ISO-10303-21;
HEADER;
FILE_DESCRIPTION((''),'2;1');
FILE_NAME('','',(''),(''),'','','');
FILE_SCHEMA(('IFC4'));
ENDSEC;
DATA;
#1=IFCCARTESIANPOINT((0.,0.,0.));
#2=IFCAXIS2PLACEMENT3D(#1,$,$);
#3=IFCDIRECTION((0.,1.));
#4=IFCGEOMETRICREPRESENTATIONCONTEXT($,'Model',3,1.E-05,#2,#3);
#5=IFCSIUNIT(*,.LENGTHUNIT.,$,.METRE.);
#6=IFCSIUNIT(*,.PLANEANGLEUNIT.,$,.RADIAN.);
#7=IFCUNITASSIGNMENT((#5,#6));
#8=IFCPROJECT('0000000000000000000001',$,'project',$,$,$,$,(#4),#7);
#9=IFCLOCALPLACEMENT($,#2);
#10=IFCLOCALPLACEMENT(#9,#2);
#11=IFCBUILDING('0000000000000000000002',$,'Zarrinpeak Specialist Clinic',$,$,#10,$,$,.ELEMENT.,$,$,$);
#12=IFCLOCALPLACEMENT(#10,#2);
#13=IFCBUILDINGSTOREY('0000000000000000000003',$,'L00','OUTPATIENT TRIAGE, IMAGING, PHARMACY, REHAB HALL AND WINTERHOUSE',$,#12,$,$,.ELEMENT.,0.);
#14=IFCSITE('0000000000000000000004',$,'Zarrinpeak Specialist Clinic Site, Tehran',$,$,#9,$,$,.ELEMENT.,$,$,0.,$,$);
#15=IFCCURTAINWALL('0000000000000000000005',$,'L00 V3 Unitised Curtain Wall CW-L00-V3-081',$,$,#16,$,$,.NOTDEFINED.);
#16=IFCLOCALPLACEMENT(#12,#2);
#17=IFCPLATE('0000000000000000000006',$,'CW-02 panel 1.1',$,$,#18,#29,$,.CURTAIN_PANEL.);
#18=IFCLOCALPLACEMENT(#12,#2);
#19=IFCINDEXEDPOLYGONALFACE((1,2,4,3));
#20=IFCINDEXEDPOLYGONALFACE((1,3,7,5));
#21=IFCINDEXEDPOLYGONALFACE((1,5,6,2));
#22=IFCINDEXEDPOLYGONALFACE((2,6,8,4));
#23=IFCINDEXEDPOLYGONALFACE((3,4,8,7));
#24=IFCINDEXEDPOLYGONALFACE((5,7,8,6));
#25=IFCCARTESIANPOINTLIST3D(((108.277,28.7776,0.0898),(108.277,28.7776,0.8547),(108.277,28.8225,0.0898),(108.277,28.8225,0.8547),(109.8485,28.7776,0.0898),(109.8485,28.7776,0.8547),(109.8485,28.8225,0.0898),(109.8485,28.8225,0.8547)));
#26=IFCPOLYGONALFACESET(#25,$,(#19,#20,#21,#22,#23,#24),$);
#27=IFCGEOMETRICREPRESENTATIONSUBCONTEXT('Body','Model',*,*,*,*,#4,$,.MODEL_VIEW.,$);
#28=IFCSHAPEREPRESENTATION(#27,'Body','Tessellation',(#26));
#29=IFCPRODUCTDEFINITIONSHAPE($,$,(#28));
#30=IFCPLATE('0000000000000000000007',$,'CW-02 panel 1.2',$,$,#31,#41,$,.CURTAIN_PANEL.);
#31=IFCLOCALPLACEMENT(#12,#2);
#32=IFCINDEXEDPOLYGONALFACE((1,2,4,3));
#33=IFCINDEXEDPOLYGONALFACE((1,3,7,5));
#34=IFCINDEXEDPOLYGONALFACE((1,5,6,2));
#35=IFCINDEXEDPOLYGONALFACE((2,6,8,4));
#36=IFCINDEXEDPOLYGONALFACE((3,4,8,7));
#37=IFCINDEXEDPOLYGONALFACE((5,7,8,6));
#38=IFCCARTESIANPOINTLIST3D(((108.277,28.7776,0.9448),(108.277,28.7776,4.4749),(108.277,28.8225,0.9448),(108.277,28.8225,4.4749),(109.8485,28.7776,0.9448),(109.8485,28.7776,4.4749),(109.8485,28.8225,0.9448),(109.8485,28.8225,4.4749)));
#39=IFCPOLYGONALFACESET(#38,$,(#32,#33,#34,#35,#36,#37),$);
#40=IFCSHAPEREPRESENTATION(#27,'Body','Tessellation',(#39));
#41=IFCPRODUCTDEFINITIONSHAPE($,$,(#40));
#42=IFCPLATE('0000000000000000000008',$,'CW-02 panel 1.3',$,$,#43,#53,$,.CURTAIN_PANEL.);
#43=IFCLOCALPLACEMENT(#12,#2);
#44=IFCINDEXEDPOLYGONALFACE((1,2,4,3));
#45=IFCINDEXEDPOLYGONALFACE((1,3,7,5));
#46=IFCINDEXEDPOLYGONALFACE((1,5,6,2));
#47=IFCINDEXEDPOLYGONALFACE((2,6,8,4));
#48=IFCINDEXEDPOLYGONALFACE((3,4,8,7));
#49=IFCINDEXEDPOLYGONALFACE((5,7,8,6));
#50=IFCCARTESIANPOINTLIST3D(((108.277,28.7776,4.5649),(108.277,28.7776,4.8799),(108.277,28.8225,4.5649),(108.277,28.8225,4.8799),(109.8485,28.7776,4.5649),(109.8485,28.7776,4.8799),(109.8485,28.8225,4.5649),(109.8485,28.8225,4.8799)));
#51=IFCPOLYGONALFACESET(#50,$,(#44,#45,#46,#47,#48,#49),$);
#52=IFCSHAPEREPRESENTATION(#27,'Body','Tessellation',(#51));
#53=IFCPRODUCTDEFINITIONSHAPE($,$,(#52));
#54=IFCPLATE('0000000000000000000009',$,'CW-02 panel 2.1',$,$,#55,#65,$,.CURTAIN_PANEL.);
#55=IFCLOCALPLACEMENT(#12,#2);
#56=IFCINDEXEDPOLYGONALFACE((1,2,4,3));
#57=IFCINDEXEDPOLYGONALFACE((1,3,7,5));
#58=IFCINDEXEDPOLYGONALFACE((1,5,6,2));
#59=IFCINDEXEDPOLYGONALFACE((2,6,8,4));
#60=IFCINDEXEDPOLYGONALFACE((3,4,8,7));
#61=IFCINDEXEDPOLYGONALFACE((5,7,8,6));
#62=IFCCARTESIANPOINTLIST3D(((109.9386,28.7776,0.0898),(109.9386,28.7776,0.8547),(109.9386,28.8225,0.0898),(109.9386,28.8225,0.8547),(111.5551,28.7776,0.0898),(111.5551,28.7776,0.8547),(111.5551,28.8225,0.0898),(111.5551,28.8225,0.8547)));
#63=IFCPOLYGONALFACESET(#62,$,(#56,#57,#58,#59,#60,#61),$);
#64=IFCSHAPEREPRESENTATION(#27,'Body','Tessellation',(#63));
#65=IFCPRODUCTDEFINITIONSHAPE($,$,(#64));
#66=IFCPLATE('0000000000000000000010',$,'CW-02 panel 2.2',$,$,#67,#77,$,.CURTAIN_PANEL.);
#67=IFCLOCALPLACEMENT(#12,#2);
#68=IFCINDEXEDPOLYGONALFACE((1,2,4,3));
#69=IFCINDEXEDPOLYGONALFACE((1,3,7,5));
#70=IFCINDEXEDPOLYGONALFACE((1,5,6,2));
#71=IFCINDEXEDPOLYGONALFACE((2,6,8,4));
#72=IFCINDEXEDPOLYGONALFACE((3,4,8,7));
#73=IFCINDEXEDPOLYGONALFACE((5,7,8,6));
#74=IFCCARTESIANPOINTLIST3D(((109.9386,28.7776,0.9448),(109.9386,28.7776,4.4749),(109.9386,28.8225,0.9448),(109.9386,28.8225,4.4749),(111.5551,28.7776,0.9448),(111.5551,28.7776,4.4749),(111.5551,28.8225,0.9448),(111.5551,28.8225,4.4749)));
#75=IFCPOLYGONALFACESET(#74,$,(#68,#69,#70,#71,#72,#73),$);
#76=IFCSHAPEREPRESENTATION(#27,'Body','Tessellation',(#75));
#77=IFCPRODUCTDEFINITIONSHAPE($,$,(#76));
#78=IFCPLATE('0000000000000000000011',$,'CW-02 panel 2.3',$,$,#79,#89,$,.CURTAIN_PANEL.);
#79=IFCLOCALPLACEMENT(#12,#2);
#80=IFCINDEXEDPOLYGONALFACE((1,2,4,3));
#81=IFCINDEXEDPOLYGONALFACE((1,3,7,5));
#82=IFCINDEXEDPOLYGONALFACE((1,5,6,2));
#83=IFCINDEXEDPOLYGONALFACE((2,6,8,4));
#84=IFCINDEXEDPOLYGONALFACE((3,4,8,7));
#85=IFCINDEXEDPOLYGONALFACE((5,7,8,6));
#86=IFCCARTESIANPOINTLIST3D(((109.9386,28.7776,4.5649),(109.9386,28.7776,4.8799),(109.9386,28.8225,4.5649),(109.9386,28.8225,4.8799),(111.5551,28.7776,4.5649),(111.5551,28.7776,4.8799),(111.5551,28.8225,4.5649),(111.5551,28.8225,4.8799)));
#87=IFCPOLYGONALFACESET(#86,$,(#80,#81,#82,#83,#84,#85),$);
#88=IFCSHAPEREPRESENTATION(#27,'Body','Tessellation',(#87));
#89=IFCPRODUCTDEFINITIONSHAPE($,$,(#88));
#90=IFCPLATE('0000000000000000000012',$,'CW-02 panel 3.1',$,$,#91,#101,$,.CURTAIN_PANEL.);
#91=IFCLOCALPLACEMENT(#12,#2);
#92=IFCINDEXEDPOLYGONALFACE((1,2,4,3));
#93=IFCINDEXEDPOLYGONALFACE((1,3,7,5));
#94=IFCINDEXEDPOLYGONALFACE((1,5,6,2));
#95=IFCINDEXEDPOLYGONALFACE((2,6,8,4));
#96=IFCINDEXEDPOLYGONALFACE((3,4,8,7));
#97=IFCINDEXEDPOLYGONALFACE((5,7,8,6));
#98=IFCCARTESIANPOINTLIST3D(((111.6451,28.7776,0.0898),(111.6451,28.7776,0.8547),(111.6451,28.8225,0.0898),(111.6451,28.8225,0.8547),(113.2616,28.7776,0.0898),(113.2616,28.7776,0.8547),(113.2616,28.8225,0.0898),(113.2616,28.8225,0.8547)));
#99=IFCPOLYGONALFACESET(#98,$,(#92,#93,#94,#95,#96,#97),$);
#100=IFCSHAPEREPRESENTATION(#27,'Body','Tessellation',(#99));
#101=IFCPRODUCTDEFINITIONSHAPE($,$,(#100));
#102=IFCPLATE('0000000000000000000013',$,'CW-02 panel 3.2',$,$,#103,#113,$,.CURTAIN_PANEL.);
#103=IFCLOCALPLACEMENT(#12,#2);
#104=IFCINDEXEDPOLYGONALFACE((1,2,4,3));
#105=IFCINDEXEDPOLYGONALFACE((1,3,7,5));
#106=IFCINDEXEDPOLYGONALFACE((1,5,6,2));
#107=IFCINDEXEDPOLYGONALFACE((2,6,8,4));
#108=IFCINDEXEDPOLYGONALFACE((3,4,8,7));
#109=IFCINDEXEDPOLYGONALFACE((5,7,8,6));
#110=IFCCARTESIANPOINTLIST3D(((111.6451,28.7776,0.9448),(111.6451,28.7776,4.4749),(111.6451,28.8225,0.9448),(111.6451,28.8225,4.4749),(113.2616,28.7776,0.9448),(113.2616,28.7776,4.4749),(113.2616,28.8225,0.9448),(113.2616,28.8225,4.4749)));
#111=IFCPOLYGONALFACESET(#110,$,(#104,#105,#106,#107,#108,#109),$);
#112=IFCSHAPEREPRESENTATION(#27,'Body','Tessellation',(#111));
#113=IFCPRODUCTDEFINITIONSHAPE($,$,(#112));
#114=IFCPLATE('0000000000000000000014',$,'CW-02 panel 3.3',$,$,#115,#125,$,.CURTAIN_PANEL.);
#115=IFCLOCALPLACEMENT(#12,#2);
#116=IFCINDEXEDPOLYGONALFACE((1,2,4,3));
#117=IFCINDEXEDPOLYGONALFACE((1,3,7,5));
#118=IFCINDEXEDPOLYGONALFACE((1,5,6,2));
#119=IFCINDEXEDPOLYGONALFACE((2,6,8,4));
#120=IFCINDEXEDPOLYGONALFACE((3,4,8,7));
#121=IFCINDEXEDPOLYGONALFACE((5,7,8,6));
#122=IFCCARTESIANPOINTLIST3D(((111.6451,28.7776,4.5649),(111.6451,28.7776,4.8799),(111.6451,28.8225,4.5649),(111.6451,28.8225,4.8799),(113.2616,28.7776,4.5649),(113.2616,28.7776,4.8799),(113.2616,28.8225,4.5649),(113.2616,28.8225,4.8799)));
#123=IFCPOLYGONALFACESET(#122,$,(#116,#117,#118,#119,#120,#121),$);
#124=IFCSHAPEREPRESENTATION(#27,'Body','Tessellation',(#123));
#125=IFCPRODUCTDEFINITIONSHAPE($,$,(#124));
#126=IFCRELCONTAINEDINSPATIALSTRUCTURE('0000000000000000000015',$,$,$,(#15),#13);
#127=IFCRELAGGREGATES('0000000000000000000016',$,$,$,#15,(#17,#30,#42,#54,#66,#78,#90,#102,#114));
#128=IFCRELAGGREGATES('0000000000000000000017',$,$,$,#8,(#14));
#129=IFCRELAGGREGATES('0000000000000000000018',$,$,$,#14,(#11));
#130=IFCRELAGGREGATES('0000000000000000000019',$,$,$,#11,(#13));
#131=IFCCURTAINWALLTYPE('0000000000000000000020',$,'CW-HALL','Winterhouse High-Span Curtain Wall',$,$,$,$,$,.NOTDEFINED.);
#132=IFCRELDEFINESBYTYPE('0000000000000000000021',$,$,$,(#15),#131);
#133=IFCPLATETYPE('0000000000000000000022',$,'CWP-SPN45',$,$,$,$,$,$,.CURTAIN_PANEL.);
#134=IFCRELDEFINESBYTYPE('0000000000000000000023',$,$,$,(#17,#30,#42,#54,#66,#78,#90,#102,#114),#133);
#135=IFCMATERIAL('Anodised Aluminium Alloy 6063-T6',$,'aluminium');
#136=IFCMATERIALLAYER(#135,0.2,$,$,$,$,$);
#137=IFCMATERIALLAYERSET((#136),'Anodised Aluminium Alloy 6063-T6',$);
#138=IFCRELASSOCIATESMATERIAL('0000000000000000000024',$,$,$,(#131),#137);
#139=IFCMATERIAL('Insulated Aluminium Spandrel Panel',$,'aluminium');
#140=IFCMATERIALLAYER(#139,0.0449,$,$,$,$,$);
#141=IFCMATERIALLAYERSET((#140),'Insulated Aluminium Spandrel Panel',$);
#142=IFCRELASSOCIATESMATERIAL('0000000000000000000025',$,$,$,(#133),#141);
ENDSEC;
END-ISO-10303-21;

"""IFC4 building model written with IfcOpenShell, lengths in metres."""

from ifc_helpers import new_model, si_unit, direction, frame, origin, origin_2d, place, context, subcontext, project, spatial, rectangle, extrude, material, layer, layer_set, type_object, element, aggregate, save


model = new_model("IFC4")

# Units and contexts
model_context = context("Model", 3, precision=1e-05, world=origin(), true_north=direction((0.0, 1.0)))
body_context = subcontext(model_context, "Body", "Model", "MODEL_VIEW")
ifc_project = project(units=[si_unit("LENGTHUNIT", "METRE"), si_unit("PLANEANGLEUNIT", "RADIAN")], contexts=[model_context])

# Site, building, storey
site_placement = place(None, origin())
site = spatial("IfcSite", under=ifc_project, at=site_placement, Name="Zarrinpeak Specialist Clinic Site, Tehran", CompositionType="ELEMENT", RefElevation=0.0)
building_placement = place(site_placement, origin())
building = spatial("IfcBuilding", under=site, at=building_placement, Name="Zarrinpeak Specialist Clinic", CompositionType="ELEMENT")
storey_placement = place(building_placement, origin())
storey = spatial("IfcBuildingStorey", under=building, at=storey_placement, Name="L00", Description="OUTPATIENT TRIAGE, IMAGING, PHARMACY, REHAB HALL AND WINTERHOUSE", CompositionType="ELEMENT", Elevation=0.0)

# Curtain wall, plates
ifc_material_1 = material(Name="Anodised Aluminium Alloy 6063-T6", Category="aluminium")
ifc_layer_1 = layer(ifc_material_1, 0.2)
ifc_layer_set_1 = layer_set([ifc_layer_1], Name="Anodised Aluminium Alloy 6063-T6")
curtain_wall_type = type_object("IfcCurtainWallType", Name="CW-HALL", Description="Winterhouse High-Span Curtain Wall", PredefinedType="NOTDEFINED", material=ifc_layer_set_1)
curtain_wall_placement = place(storey_placement, origin())
curtain_wall = element("IfcCurtainWall", 1, at=curtain_wall_placement, inside=storey, type_object=curtain_wall_type, Name="L00 V3 Unitised Curtain Wall CW-L00-V3-081", PredefinedType="NOTDEFINED")
ifc_material_2 = material(Name="Insulated Aluminium Spandrel Panel", Category="aluminium")
ifc_layer_2 = layer(ifc_material_2, 0.0449)
ifc_layer_set_2 = layer_set([ifc_layer_2], Name="Insulated Aluminium Spandrel Panel")
plate_type = type_object("IfcPlateType", Name="CWP-SPN45", PredefinedType="CURTAIN_PANEL", material=ifc_layer_set_2)
plate_1_placement = place(storey_placement, frame((109.0627, 28.8, 0.0898), z_axis=(0.0, 0.0, 1.0), x_axis=(1.0, 0.0, 0.0)))
plate_1 = element("IfcPlate", 2, at=plate_1_placement, type_object=plate_type, Name="CW-02 panel 1.1", PredefinedType="CURTAIN_PANEL", context=body_context, shape_type="SweptSolid", body=[
    extrude(rectangle(XDim=1.5715, YDim=0.0449, at=origin_2d()), origin(), (0.0, 0.0, 1.0), 0.7649),
])
plate_2_placement = place(storey_placement, frame((109.0627, 28.8, 0.9448), z_axis=(0.0, 0.0, 1.0), x_axis=(1.0, 0.0, 0.0)))
plate_2 = element("IfcPlate", 3, at=plate_2_placement, type_object=plate_type, Name="CW-02 panel 1.2", PredefinedType="CURTAIN_PANEL", context=body_context, shape_type="SweptSolid", body=[
    extrude(rectangle(XDim=1.5715, YDim=0.0449, at=origin_2d()), origin(), (0.0, 0.0, 1.0), 3.53),
])
plate_3_placement = place(storey_placement, frame((109.0627, 28.8, 4.5649), z_axis=(0.0, 0.0, 1.0), x_axis=(1.0, 0.0, 0.0)))
plate_3 = element("IfcPlate", 4, at=plate_3_placement, type_object=plate_type, Name="CW-02 panel 1.3", PredefinedType="CURTAIN_PANEL", context=body_context, shape_type="SweptSolid", body=[
    extrude(rectangle(XDim=1.5715, YDim=0.0449, at=origin_2d()), origin(), (0.0, 0.0, 1.0), 0.3149),
])
plate_4_placement = place(storey_placement, frame((110.7468, 28.8, 0.0898), z_axis=(0.0, 0.0, 1.0), x_axis=(1.0, 0.0, 0.0)))
plate_4 = element("IfcPlate", 5, at=plate_4_placement, type_object=plate_type, Name="CW-02 panel 2.1", PredefinedType="CURTAIN_PANEL", context=body_context, shape_type="SweptSolid", body=[
    extrude(rectangle(XDim=1.6165, YDim=0.0449, at=origin_2d()), origin(), (0.0, 0.0, 1.0), 0.7649),
])
plate_5_placement = place(storey_placement, frame((110.7468, 28.8, 0.9448), z_axis=(0.0, 0.0, 1.0), x_axis=(1.0, 0.0, 0.0)))
plate_5 = element("IfcPlate", 6, at=plate_5_placement, type_object=plate_type, Name="CW-02 panel 2.2", PredefinedType="CURTAIN_PANEL", context=body_context, shape_type="SweptSolid", body=[
    extrude(rectangle(XDim=1.6165, YDim=0.0449, at=origin_2d()), origin(), (0.0, 0.0, 1.0), 3.53),
])
plate_6_placement = place(storey_placement, frame((110.7468, 28.8, 4.5649), z_axis=(0.0, 0.0, 1.0), x_axis=(1.0, 0.0, 0.0)))
plate_6 = element("IfcPlate", 7, at=plate_6_placement, type_object=plate_type, Name="CW-02 panel 2.3", PredefinedType="CURTAIN_PANEL", context=body_context, shape_type="SweptSolid", body=[
    extrude(rectangle(XDim=1.6165, YDim=0.0449, at=origin_2d()), origin(), (0.0, 0.0, 1.0), 0.3149),
])
plate_7_placement = place(storey_placement, frame((112.4534, 28.8, 0.0898), z_axis=(0.0, 0.0, 1.0), x_axis=(1.0, 0.0, 0.0)))
plate_7 = element("IfcPlate", 8, at=plate_7_placement, type_object=plate_type, Name="CW-02 panel 3.1", PredefinedType="CURTAIN_PANEL", context=body_context, shape_type="SweptSolid", body=[
    extrude(rectangle(XDim=1.6165, YDim=0.0449, at=origin_2d()), origin(), (0.0, 0.0, 1.0), 0.7649),
])
plate_8_placement = place(storey_placement, frame((112.4534, 28.8, 0.9448), z_axis=(0.0, 0.0, 1.0), x_axis=(1.0, 0.0, 0.0)))
plate_8 = element("IfcPlate", 9, at=plate_8_placement, type_object=plate_type, Name="CW-02 panel 3.2", PredefinedType="CURTAIN_PANEL", context=body_context, shape_type="SweptSolid", body=[
    extrude(rectangle(XDim=1.6165, YDim=0.0449, at=origin_2d()), origin(), (0.0, 0.0, 1.0), 3.53),
])
plate_9_placement = place(storey_placement, frame((112.4534, 28.8, 4.5649), z_axis=(0.0, 0.0, 1.0), x_axis=(1.0, 0.0, 0.0)))
plate_9 = element("IfcPlate", 10, at=plate_9_placement, type_object=plate_type, Name="CW-02 panel 3.3", PredefinedType="CURTAIN_PANEL", context=body_context, shape_type="SweptSolid", body=[
    extrude(rectangle(XDim=1.6165, YDim=0.0449, at=origin_2d()), origin(), (0.0, 0.0, 1.0), 0.3149),
])
aggregate(curtain_wall, [plate_1, plate_2, plate_3, plate_4, plate_5, plate_6, plate_7, plate_8, plate_9])

save(model, "model.ifc")
